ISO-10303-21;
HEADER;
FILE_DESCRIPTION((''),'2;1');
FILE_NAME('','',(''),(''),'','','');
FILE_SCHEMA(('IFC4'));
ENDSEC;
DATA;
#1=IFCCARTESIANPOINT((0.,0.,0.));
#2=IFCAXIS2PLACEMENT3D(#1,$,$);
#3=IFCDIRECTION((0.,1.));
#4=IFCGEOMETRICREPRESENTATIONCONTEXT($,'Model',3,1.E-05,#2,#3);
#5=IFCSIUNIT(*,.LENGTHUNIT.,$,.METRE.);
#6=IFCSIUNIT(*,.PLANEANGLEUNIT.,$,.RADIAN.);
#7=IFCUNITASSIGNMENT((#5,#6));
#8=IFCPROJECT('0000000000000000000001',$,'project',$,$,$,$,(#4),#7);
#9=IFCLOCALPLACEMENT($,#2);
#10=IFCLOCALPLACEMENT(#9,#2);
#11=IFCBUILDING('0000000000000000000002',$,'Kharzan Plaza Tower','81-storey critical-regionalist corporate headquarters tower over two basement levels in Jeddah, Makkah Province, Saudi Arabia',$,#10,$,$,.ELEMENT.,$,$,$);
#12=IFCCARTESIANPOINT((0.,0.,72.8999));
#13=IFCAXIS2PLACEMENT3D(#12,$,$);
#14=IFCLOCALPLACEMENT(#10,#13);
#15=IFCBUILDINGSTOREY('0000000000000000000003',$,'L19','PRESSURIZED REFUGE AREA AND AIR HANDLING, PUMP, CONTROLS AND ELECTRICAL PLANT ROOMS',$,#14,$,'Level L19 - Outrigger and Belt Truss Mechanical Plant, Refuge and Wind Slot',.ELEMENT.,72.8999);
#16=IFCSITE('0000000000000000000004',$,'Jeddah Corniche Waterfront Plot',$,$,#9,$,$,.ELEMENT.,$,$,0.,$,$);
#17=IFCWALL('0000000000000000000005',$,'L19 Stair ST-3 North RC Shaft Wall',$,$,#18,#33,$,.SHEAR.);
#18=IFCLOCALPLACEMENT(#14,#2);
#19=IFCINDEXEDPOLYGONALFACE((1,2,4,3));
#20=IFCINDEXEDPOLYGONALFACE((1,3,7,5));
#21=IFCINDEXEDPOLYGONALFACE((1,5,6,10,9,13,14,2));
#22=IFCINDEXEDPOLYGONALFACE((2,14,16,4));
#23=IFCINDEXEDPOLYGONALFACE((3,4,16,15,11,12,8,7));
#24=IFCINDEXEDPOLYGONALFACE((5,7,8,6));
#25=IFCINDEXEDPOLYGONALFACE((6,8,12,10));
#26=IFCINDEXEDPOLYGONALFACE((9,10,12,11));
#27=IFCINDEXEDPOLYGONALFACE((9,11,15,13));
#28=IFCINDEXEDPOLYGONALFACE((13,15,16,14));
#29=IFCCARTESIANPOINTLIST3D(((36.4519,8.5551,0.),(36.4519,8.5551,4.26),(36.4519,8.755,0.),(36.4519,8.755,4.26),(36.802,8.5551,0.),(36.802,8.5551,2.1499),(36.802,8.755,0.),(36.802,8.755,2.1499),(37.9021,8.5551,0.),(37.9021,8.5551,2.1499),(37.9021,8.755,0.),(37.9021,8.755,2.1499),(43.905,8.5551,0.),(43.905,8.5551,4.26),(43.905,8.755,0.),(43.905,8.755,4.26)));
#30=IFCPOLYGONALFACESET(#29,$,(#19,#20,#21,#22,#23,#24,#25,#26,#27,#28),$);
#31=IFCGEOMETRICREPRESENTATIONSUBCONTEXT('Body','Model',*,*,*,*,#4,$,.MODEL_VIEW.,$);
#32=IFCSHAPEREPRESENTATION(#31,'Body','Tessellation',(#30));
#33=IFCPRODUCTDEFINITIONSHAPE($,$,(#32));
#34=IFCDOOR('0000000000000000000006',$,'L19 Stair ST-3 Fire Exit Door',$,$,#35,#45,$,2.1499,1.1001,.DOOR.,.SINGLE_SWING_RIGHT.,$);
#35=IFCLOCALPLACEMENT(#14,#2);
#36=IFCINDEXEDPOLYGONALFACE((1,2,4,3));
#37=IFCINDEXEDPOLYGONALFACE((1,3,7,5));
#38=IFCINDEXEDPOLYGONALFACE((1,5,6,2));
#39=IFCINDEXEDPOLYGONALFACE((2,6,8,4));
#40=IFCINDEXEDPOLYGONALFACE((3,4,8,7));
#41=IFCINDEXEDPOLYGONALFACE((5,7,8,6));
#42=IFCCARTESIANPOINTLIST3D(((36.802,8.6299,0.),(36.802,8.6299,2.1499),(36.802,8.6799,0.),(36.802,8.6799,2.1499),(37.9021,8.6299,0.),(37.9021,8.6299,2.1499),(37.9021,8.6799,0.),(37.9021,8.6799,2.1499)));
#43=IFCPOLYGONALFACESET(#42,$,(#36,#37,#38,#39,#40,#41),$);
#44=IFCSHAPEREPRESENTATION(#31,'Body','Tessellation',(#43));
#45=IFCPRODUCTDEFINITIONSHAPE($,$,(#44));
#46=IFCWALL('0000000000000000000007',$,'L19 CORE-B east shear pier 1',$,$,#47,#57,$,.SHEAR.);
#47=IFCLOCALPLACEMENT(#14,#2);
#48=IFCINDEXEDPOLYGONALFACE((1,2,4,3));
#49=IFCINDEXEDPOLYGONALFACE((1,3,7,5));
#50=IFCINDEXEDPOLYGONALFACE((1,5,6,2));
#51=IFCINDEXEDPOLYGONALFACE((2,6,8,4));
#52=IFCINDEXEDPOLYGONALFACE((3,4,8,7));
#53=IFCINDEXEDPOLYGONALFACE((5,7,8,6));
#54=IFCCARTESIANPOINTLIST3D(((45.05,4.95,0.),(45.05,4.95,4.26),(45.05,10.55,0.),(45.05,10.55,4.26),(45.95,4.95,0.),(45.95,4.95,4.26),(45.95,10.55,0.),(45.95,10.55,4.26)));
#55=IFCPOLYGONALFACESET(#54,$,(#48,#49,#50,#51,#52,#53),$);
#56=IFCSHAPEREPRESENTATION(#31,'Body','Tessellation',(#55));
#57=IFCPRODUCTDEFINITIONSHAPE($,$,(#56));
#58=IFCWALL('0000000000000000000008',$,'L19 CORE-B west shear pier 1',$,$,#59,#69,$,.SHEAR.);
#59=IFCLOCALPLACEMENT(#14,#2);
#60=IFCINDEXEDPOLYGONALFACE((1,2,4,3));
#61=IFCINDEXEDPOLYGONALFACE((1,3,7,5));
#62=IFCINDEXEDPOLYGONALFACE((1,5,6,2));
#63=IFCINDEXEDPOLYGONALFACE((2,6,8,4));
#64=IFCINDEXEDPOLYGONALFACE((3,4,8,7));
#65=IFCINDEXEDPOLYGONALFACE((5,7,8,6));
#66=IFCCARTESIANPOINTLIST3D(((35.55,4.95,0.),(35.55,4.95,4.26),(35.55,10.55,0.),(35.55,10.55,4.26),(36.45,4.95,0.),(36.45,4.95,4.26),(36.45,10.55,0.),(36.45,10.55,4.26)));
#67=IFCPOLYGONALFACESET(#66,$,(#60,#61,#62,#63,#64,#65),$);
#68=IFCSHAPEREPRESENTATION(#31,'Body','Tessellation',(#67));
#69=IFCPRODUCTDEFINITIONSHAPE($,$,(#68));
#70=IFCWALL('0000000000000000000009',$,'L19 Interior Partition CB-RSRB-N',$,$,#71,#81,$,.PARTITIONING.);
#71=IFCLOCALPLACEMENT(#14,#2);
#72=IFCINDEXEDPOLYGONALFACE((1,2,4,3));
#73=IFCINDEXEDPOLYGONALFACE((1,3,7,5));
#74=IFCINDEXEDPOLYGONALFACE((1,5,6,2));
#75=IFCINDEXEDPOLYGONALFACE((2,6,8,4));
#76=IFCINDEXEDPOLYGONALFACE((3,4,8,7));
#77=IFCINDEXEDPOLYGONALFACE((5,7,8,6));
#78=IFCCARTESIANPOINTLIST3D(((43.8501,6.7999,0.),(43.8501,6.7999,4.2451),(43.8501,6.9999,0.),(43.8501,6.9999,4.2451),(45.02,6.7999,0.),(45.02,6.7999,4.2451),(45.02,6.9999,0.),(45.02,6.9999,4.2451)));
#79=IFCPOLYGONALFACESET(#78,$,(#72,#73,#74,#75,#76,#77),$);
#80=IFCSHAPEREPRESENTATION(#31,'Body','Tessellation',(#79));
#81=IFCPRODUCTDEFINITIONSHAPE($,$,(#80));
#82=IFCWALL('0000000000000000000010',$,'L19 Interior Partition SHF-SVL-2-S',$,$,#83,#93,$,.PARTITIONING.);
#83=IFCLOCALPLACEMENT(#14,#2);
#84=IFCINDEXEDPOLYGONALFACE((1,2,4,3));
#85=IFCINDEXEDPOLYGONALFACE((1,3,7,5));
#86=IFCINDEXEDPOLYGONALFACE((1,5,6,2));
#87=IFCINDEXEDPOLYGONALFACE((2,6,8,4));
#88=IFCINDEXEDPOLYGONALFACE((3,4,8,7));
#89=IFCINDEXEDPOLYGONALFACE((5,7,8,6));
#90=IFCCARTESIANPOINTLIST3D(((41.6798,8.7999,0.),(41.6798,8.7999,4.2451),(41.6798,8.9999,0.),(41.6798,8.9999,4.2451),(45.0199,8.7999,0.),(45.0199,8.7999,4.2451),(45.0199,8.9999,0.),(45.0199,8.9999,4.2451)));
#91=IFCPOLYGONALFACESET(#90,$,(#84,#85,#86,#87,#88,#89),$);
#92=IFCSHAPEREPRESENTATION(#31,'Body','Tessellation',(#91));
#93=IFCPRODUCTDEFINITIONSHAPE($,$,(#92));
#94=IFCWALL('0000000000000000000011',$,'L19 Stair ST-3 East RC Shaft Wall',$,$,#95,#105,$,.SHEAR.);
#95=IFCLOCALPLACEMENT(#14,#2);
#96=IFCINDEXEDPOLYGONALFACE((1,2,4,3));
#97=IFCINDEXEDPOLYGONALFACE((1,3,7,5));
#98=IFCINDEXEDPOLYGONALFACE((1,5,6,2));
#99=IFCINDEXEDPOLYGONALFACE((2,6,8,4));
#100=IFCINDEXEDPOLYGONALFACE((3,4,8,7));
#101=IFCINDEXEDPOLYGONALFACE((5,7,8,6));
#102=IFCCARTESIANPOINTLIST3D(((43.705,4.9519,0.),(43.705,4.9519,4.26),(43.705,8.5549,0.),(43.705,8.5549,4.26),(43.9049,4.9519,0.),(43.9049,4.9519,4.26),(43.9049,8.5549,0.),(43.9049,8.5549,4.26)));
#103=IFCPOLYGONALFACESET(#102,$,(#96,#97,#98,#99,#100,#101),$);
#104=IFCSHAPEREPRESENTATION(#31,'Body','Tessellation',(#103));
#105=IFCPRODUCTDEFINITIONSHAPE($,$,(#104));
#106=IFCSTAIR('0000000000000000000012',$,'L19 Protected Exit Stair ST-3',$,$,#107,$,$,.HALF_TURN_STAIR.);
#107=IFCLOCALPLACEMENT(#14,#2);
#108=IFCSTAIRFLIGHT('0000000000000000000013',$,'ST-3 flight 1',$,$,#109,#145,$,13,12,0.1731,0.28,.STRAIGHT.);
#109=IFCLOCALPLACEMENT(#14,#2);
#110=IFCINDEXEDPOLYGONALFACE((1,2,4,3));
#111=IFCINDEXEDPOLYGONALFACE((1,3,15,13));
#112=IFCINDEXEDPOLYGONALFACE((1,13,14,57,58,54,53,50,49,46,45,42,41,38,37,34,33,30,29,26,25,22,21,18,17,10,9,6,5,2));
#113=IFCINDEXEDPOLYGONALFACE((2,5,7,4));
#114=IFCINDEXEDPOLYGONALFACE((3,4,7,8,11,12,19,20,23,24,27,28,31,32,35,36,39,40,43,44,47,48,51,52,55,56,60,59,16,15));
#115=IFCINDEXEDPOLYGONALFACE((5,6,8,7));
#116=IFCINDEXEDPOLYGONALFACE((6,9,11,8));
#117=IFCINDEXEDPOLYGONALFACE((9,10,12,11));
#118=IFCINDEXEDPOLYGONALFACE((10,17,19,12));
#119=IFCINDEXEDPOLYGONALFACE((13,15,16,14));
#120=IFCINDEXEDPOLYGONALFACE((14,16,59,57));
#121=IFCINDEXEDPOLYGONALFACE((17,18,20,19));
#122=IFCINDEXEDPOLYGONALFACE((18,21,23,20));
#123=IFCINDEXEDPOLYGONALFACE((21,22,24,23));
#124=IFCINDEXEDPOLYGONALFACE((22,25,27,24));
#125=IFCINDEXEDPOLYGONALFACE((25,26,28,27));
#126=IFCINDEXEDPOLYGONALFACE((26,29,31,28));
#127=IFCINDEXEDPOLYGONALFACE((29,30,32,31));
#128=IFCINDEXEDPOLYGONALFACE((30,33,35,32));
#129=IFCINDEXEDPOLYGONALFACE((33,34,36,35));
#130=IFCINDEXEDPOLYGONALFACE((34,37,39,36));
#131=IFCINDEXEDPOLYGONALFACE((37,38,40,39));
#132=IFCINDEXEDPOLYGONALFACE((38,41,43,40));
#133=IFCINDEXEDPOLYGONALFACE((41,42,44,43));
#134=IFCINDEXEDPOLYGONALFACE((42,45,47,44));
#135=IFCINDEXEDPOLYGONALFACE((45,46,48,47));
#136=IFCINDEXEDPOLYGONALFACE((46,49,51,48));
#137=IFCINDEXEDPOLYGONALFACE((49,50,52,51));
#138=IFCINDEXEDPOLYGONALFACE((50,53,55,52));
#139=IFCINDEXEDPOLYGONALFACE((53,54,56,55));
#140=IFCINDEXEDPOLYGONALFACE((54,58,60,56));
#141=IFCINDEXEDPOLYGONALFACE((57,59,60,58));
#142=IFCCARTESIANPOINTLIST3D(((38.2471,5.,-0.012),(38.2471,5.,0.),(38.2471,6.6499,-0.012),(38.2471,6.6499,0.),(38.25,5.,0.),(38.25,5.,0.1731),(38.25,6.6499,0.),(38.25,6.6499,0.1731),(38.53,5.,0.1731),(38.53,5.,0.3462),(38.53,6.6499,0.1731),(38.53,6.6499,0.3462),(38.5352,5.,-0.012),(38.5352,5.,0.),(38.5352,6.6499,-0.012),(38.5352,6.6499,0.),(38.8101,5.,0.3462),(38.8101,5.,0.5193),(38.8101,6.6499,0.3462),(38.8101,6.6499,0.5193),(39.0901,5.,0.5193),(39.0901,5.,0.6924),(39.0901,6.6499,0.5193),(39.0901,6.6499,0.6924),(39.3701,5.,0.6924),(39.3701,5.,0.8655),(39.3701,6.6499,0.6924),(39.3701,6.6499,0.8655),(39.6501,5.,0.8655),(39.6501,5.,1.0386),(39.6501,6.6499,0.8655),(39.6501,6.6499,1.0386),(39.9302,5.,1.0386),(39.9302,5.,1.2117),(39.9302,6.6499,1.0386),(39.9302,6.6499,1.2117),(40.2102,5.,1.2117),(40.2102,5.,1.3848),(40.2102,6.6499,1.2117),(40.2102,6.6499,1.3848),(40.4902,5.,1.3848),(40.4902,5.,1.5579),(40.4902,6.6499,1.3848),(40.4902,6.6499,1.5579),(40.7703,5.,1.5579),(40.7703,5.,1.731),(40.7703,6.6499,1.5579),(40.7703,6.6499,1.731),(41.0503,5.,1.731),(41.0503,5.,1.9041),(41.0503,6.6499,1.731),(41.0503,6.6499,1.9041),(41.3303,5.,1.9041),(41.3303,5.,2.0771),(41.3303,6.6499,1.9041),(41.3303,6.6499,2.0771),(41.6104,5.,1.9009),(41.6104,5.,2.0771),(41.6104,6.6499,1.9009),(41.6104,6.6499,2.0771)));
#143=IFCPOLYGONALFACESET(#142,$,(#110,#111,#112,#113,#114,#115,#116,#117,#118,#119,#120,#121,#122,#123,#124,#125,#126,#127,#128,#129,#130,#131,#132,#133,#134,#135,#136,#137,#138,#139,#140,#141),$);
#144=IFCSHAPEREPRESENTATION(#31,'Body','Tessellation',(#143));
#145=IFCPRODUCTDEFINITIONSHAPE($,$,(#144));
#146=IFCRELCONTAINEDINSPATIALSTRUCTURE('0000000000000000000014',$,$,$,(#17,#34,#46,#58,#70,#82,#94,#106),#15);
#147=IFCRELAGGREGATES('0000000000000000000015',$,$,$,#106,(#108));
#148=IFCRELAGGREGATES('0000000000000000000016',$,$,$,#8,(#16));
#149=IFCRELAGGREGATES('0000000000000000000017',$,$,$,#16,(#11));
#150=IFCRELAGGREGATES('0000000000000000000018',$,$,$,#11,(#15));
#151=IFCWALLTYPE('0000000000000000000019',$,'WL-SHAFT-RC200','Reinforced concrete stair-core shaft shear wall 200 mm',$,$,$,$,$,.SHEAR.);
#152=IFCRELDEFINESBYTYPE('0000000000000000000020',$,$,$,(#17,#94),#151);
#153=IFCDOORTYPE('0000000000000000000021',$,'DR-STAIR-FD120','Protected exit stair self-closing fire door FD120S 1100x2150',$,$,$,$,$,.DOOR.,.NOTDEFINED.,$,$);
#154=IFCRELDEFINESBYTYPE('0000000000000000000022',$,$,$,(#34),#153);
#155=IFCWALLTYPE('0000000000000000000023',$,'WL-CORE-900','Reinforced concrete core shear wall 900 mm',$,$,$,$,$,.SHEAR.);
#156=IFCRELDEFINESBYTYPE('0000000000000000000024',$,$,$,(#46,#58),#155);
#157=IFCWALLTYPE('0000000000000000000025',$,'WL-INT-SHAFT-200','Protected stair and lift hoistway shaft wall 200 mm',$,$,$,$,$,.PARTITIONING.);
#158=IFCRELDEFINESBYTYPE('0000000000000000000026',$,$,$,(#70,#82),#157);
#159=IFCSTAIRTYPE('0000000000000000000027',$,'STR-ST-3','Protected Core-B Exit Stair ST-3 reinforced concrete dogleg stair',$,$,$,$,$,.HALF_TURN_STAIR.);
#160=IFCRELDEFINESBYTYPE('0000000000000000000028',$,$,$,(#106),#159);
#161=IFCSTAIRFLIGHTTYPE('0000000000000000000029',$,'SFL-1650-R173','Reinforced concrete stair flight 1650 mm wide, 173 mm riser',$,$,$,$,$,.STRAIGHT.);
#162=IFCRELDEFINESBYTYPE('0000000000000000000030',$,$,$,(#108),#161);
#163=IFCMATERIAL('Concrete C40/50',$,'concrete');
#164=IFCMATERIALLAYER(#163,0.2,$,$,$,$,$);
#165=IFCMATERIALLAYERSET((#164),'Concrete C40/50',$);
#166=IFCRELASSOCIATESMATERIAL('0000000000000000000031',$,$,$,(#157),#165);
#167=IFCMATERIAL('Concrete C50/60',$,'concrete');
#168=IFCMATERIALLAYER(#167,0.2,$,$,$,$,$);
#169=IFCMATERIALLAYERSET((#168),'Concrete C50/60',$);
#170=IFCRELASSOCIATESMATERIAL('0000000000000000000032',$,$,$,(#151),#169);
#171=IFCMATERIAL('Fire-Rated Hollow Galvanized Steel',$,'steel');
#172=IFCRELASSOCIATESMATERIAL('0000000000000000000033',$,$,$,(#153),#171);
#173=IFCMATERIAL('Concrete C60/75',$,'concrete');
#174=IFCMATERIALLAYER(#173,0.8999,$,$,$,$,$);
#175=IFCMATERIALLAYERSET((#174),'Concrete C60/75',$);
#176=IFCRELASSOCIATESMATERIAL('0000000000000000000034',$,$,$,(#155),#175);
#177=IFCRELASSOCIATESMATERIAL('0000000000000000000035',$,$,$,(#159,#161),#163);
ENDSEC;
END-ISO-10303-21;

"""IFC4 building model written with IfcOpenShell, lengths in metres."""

from ifc_helpers import new_model, si_unit, direction, frame, frame_2d, origin, place, context, subcontext, project, spatial, polyline, rectangle, outline, extrude, source, transform, mapped, material, layer, layer_set, type_object, element, fill, aggregate, save


model = new_model("IFC4")

# Units and contexts
model_context = context("Model", 3, precision=1e-05, world=origin(), true_north=direction((0.0, 1.0)))
body_context = subcontext(model_context, "Body", "Model", "MODEL_VIEW")
ifc_project = project(units=[si_unit("LENGTHUNIT", "METRE"), si_unit("PLANEANGLEUNIT", "RADIAN")], contexts=[model_context])

# Site, building, storey
site_placement = place(None, origin())
site = spatial("IfcSite", under=ifc_project, at=site_placement, Name="Jeddah Corniche Waterfront Plot", CompositionType="ELEMENT", RefElevation=0.0)
building_placement = place(site_placement, origin())
building = spatial("IfcBuilding", under=site, at=building_placement, Name="Kharzan Plaza Tower", Description="81-storey critical-regionalist corporate headquarters tower over two basement levels in Jeddah, Makkah Province, Saudi Arabia", CompositionType="ELEMENT")
storey_placement = place(building_placement, frame((0.0, 0.0, 72.8999)))
storey = spatial("IfcBuildingStorey", under=building, at=storey_placement, Name="L19", Description="PRESSURIZED REFUGE AREA AND AIR HANDLING, PUMP, CONTROLS AND ELECTRICAL PLANT ROOMS", LongName="Level L19 - Outrigger and Belt Truss Mechanical Plant, Refuge and Wind Slot", CompositionType="ELEMENT", Elevation=72.8999)

# Shared definitions
ifc_material_1 = material(Name="Concrete C60/75", Category="concrete")

# Wall, opening, door
ifc_material_2 = material(Name="Concrete C40/50", Category="concrete")
ifc_layer_1 = layer(ifc_material_2, 0.2)
ifc_layer_set_1 = layer_set([ifc_layer_1], Name="Concrete C40/50")
wall_type_1 = type_object("IfcWallType", Name="WL-INT-SHAFT-200", Description="Protected stair and lift hoistway shaft wall 200 mm", PredefinedType="PARTITIONING", material=ifc_layer_set_1)
ifc_material_3 = material(Name="Concrete C50/60", Category="concrete")
ifc_layer_2 = layer(ifc_material_3, 0.2)
ifc_layer_set_2 = layer_set([ifc_layer_2], Name="Concrete C50/60")
wall_type_2 = type_object("IfcWallType", Name="WL-SHAFT-RC200", Description="Reinforced concrete stair-core shaft shear wall 200 mm", PredefinedType="SHEAR", material=ifc_layer_set_2)
wall_1_placement = place(storey_placement, frame((36.4519, 8.655, 0.0), z_axis=(0.0, 0.0, 1.0), x_axis=(1.0, 0.0, 0.0)))
wall_1 = element("IfcWall", 1, at=wall_1_placement, inside=storey, type_object=wall_type_2, Name="L19 Stair ST-3 North RC Shaft Wall", PredefinedType="SHEAR", context=body_context, shape_type="SweptSolid", body=[
    extrude(rectangle(XDim=7.4531, YDim=0.2, at=frame_2d((3.7266, 0.0))), origin(), (0.0, 0.0, 1.0), 4.26),
])
opening_1_placement = place(wall_1_placement, frame((0.3501, 0.0, 0.0)))
opening_1 = element("IfcOpeningElement", 2, at=opening_1_placement, cuts=wall_1, PredefinedType="OPENING", context=body_context, shape_type="SweptSolid", body=[
    extrude(rectangle(XDim=1.1001, YDim=2.1499, at=frame_2d((0.55, 1.075))), frame((0.0, 0.1099, 0.0), z_axis=(0.0, -1.0, 0.0), x_axis=(1.0, 0.0, 0.0)), (0.0, 0.0, 1.0), 0.22),
])
ifc_material_4 = material(Name="Fire-Rated Hollow Galvanized Steel", Category="steel")
door_type_1 = type_object("IfcDoorType", Name="DR-STAIR-FD120", Description="Protected exit stair self-closing fire door FD120S 1100x2150", OperationType="NOTDEFINED", PredefinedType="DOOR", material=ifc_material_4)
shared_shape_1 = source(origin(), body_context, "Body", "SweptSolid", [
    extrude(rectangle(XDim=1.1001, YDim=2.1499, at=frame_2d((0.55, 1.075))), frame((0.0, 0.0249, 0.0), z_axis=(0.0, -1.0, 0.0), x_axis=(1.0, 0.0, 0.0)), (0.0, 0.0, 1.0), 0.05),
])
door_1_placement = place(opening_1_placement, origin())
door_1 = element("IfcDoor", 3, at=door_1_placement, inside=storey, type_object=door_type_1, Name="L19 Stair ST-3 Fire Exit Door", OperationType="SINGLE_SWING_RIGHT", OverallHeight=2.1499, OverallWidth=1.1001, PredefinedType="DOOR", context=body_context, shape_type="MappedRepresentation", body=[
    mapped(shared_shape_1, transform((0.0, 0.0, 0.0), x_axis=(1.0, 0.0, 0.0), y_axis=(0.0, 1.0, 0.0), z_axis=(0.0, 0.0, 1.0))),
])
fill(opening_1, door_1)

# Walls
ifc_layer_3 = layer(ifc_material_1, 0.8999)
ifc_layer_set_3 = layer_set([ifc_layer_3], Name="Concrete C60/75")
wall_type_3 = type_object("IfcWallType", Name="WL-CORE-900", Description="Reinforced concrete core shear wall 900 mm", PredefinedType="SHEAR", material=ifc_layer_set_3)
shared_shape_2 = source(origin(), body_context, "Body", "SweptSolid", [
    extrude(rectangle(XDim=5.6001, YDim=0.8999, at=frame_2d((2.8, 0.0))), origin(), (0.0, 0.0, 1.0), 4.26),
])
for number, where, z_axis, x_axis, name in (
    (4, (45.5, 4.95, 0.0), (0.0, 0.0, 1.0), (0.0, 1.0, 0.0), "L19 CORE-B east shear pier 1"),
    (5, (36.0, 4.95, 0.0), (0.0, 0.0, 1.0), (0.0, 1.0, 0.0), "L19 CORE-B west shear pier 1"),
):
    element("IfcWall", number, at=place(storey_placement, frame(where, z_axis=z_axis, x_axis=x_axis)), inside=storey, type_object=wall_type_3, Name=name, PredefinedType="SHEAR", context=body_context, shape_type="MappedRepresentation", body=[
        mapped(shared_shape_2, transform((0.0, 0.0, 0.0), x_axis=(1.0, 0.0, 0.0), y_axis=(0.0, 1.0, 0.0), z_axis=(0.0, 0.0, 1.0))),
    ])
shared_shape_3 = source(origin(), body_context, "Body", "SweptSolid", [
    extrude(rectangle(XDim=1.1699, YDim=0.2, at=frame_2d((0.585, 0.0))), origin(), (0.0, 0.0, 1.0), 4.2451),
])
wall_2_placement = place(storey_placement, frame((43.8501, 6.8999, 0.0), z_axis=(0.0, 0.0, 1.0), x_axis=(1.0, 0.0, 0.0)))
element("IfcWall", 6, at=wall_2_placement, inside=storey, type_object=wall_type_1, Name="L19 Interior Partition CB-RSRB-N", PredefinedType="PARTITIONING", context=body_context, shape_type="MappedRepresentation", body=[
    mapped(shared_shape_3, transform((0.0, 0.0, 0.0), x_axis=(1.0, 0.0, 0.0), y_axis=(0.0, 1.0, 0.0), z_axis=(0.0, 0.0, 1.0))),
])
shared_shape_4 = source(origin(), body_context, "Body", "SweptSolid", [
    extrude(rectangle(XDim=3.3401, YDim=0.2, at=frame_2d((1.6699, 0.0))), origin(), (0.0, 0.0, 1.0), 4.2451),
])
wall_3_placement = place(storey_placement, frame((41.6799, 8.8999, 0.0), z_axis=(0.0, 0.0, 1.0), x_axis=(1.0, 0.0, 0.0)))
element("IfcWall", 7, at=wall_3_placement, inside=storey, type_object=wall_type_1, Name="L19 Interior Partition SHF-SVL-2-S", PredefinedType="PARTITIONING", context=body_context, shape_type="MappedRepresentation", body=[
    mapped(shared_shape_4, transform((0.0, 0.0, 0.0), x_axis=(1.0, 0.0, 0.0), y_axis=(0.0, 1.0, 0.0), z_axis=(0.0, 0.0, 1.0))),
])
shared_shape_5 = source(origin(), body_context, "Body", "SweptSolid", [
    extrude(rectangle(XDim=3.603, YDim=0.2, at=frame_2d((1.8015, 0.0))), origin(), (0.0, 0.0, 1.0), 4.26),
])
wall_4_placement = place(storey_placement, frame((43.8049, 4.9519, 0.0), z_axis=(0.0, 0.0, 1.0), x_axis=(0.0, 1.0, 0.0)))
element("IfcWall", 8, at=wall_4_placement, inside=storey, type_object=wall_type_2, Name="L19 Stair ST-3 East RC Shaft Wall", PredefinedType="SHEAR", context=body_context, shape_type="MappedRepresentation", body=[
    mapped(shared_shape_5, transform((0.0, 0.0, 0.0), x_axis=(1.0, 0.0, 0.0), y_axis=(0.0, 1.0, 0.0), z_axis=(0.0, 0.0, 1.0))),
])

# Stair, stair flight
stair_type = type_object("IfcStairType", Name="STR-ST-3", Description="Protected Core-B Exit Stair ST-3 reinforced concrete dogleg stair", PredefinedType="HALF_TURN_STAIR", material=ifc_material_2)
stair_placement = place(storey_placement, origin())
stair = element("IfcStair", 9, at=stair_placement, inside=storey, type_object=stair_type, Name="L19 Protected Exit Stair ST-3", PredefinedType="HALF_TURN_STAIR")
stair_flight_type = type_object("IfcStairFlightType", Name="SFL-1650-R173", Description="Reinforced concrete stair flight 1650 mm wide, 173 mm riser", PredefinedType="STRAIGHT", material=ifc_material_2)
shared_shape_6 = source(origin(), body_context, "Body", "SweptSolid", [
    extrude(outline(polyline([(-0.0029, -0.012), (-0.0029, 0.0), (0.0, 0.0), (0.0, 0.1731), (0.28, 0.1731), (0.28, 0.3462), (0.5601, 0.3462), (0.5601, 0.5193), (0.8401, 0.5193), (0.8401, 0.6924), (1.1201, 0.6924), (1.1201, 0.8655), (1.4001, 0.8655), (1.4001, 1.0386), (1.6802, 1.0386), (1.6802, 1.2117), (1.9602, 1.2117), (1.9602, 1.3848), (2.2402, 1.3848), (2.2402, 1.5579), (2.5203, 1.5579), (2.5203, 1.731), (2.8003, 1.731), (2.8003, 1.9041), (3.0803, 1.9041), (3.0803, 2.0771), (3.3604, 2.0771), (3.3604, 2.2502), (3.3604, 1.9009), (0.2852, 0.0), (0.2852, -0.012), (-0.0029, -0.012)])), frame((0.0, 0.825, 0.0), z_axis=(0.0, -1.0, 0.0), x_axis=(1.0, 0.0, 0.0)), (0.0, 0.0, 1.0), 1.6499),
])
stair_flight_1_placement = place(storey_placement, frame((38.25, 5.825, 0.0), z_axis=(0.0, 0.0, 1.0), x_axis=(1.0, 0.0, 0.0)))
stair_flight_1 = element("IfcStairFlight", 10, at=stair_flight_1_placement, type_object=stair_flight_type, Name="ST-3 flight 1", NumberOfRisers=13, NumberOfTreads=12, PredefinedType="STRAIGHT", RiserHeight=0.1731, TreadLength=0.28, context=body_context, shape_type="MappedRepresentation", body=[
    mapped(shared_shape_6, transform((0.0, 0.0, 0.0), x_axis=(1.0, 0.0, 0.0), y_axis=(0.0, 1.0, 0.0), z_axis=(0.0, 0.0, 1.0))),
])
aggregate(stair, [stair_flight_1])

save(model, "model.ifc")
